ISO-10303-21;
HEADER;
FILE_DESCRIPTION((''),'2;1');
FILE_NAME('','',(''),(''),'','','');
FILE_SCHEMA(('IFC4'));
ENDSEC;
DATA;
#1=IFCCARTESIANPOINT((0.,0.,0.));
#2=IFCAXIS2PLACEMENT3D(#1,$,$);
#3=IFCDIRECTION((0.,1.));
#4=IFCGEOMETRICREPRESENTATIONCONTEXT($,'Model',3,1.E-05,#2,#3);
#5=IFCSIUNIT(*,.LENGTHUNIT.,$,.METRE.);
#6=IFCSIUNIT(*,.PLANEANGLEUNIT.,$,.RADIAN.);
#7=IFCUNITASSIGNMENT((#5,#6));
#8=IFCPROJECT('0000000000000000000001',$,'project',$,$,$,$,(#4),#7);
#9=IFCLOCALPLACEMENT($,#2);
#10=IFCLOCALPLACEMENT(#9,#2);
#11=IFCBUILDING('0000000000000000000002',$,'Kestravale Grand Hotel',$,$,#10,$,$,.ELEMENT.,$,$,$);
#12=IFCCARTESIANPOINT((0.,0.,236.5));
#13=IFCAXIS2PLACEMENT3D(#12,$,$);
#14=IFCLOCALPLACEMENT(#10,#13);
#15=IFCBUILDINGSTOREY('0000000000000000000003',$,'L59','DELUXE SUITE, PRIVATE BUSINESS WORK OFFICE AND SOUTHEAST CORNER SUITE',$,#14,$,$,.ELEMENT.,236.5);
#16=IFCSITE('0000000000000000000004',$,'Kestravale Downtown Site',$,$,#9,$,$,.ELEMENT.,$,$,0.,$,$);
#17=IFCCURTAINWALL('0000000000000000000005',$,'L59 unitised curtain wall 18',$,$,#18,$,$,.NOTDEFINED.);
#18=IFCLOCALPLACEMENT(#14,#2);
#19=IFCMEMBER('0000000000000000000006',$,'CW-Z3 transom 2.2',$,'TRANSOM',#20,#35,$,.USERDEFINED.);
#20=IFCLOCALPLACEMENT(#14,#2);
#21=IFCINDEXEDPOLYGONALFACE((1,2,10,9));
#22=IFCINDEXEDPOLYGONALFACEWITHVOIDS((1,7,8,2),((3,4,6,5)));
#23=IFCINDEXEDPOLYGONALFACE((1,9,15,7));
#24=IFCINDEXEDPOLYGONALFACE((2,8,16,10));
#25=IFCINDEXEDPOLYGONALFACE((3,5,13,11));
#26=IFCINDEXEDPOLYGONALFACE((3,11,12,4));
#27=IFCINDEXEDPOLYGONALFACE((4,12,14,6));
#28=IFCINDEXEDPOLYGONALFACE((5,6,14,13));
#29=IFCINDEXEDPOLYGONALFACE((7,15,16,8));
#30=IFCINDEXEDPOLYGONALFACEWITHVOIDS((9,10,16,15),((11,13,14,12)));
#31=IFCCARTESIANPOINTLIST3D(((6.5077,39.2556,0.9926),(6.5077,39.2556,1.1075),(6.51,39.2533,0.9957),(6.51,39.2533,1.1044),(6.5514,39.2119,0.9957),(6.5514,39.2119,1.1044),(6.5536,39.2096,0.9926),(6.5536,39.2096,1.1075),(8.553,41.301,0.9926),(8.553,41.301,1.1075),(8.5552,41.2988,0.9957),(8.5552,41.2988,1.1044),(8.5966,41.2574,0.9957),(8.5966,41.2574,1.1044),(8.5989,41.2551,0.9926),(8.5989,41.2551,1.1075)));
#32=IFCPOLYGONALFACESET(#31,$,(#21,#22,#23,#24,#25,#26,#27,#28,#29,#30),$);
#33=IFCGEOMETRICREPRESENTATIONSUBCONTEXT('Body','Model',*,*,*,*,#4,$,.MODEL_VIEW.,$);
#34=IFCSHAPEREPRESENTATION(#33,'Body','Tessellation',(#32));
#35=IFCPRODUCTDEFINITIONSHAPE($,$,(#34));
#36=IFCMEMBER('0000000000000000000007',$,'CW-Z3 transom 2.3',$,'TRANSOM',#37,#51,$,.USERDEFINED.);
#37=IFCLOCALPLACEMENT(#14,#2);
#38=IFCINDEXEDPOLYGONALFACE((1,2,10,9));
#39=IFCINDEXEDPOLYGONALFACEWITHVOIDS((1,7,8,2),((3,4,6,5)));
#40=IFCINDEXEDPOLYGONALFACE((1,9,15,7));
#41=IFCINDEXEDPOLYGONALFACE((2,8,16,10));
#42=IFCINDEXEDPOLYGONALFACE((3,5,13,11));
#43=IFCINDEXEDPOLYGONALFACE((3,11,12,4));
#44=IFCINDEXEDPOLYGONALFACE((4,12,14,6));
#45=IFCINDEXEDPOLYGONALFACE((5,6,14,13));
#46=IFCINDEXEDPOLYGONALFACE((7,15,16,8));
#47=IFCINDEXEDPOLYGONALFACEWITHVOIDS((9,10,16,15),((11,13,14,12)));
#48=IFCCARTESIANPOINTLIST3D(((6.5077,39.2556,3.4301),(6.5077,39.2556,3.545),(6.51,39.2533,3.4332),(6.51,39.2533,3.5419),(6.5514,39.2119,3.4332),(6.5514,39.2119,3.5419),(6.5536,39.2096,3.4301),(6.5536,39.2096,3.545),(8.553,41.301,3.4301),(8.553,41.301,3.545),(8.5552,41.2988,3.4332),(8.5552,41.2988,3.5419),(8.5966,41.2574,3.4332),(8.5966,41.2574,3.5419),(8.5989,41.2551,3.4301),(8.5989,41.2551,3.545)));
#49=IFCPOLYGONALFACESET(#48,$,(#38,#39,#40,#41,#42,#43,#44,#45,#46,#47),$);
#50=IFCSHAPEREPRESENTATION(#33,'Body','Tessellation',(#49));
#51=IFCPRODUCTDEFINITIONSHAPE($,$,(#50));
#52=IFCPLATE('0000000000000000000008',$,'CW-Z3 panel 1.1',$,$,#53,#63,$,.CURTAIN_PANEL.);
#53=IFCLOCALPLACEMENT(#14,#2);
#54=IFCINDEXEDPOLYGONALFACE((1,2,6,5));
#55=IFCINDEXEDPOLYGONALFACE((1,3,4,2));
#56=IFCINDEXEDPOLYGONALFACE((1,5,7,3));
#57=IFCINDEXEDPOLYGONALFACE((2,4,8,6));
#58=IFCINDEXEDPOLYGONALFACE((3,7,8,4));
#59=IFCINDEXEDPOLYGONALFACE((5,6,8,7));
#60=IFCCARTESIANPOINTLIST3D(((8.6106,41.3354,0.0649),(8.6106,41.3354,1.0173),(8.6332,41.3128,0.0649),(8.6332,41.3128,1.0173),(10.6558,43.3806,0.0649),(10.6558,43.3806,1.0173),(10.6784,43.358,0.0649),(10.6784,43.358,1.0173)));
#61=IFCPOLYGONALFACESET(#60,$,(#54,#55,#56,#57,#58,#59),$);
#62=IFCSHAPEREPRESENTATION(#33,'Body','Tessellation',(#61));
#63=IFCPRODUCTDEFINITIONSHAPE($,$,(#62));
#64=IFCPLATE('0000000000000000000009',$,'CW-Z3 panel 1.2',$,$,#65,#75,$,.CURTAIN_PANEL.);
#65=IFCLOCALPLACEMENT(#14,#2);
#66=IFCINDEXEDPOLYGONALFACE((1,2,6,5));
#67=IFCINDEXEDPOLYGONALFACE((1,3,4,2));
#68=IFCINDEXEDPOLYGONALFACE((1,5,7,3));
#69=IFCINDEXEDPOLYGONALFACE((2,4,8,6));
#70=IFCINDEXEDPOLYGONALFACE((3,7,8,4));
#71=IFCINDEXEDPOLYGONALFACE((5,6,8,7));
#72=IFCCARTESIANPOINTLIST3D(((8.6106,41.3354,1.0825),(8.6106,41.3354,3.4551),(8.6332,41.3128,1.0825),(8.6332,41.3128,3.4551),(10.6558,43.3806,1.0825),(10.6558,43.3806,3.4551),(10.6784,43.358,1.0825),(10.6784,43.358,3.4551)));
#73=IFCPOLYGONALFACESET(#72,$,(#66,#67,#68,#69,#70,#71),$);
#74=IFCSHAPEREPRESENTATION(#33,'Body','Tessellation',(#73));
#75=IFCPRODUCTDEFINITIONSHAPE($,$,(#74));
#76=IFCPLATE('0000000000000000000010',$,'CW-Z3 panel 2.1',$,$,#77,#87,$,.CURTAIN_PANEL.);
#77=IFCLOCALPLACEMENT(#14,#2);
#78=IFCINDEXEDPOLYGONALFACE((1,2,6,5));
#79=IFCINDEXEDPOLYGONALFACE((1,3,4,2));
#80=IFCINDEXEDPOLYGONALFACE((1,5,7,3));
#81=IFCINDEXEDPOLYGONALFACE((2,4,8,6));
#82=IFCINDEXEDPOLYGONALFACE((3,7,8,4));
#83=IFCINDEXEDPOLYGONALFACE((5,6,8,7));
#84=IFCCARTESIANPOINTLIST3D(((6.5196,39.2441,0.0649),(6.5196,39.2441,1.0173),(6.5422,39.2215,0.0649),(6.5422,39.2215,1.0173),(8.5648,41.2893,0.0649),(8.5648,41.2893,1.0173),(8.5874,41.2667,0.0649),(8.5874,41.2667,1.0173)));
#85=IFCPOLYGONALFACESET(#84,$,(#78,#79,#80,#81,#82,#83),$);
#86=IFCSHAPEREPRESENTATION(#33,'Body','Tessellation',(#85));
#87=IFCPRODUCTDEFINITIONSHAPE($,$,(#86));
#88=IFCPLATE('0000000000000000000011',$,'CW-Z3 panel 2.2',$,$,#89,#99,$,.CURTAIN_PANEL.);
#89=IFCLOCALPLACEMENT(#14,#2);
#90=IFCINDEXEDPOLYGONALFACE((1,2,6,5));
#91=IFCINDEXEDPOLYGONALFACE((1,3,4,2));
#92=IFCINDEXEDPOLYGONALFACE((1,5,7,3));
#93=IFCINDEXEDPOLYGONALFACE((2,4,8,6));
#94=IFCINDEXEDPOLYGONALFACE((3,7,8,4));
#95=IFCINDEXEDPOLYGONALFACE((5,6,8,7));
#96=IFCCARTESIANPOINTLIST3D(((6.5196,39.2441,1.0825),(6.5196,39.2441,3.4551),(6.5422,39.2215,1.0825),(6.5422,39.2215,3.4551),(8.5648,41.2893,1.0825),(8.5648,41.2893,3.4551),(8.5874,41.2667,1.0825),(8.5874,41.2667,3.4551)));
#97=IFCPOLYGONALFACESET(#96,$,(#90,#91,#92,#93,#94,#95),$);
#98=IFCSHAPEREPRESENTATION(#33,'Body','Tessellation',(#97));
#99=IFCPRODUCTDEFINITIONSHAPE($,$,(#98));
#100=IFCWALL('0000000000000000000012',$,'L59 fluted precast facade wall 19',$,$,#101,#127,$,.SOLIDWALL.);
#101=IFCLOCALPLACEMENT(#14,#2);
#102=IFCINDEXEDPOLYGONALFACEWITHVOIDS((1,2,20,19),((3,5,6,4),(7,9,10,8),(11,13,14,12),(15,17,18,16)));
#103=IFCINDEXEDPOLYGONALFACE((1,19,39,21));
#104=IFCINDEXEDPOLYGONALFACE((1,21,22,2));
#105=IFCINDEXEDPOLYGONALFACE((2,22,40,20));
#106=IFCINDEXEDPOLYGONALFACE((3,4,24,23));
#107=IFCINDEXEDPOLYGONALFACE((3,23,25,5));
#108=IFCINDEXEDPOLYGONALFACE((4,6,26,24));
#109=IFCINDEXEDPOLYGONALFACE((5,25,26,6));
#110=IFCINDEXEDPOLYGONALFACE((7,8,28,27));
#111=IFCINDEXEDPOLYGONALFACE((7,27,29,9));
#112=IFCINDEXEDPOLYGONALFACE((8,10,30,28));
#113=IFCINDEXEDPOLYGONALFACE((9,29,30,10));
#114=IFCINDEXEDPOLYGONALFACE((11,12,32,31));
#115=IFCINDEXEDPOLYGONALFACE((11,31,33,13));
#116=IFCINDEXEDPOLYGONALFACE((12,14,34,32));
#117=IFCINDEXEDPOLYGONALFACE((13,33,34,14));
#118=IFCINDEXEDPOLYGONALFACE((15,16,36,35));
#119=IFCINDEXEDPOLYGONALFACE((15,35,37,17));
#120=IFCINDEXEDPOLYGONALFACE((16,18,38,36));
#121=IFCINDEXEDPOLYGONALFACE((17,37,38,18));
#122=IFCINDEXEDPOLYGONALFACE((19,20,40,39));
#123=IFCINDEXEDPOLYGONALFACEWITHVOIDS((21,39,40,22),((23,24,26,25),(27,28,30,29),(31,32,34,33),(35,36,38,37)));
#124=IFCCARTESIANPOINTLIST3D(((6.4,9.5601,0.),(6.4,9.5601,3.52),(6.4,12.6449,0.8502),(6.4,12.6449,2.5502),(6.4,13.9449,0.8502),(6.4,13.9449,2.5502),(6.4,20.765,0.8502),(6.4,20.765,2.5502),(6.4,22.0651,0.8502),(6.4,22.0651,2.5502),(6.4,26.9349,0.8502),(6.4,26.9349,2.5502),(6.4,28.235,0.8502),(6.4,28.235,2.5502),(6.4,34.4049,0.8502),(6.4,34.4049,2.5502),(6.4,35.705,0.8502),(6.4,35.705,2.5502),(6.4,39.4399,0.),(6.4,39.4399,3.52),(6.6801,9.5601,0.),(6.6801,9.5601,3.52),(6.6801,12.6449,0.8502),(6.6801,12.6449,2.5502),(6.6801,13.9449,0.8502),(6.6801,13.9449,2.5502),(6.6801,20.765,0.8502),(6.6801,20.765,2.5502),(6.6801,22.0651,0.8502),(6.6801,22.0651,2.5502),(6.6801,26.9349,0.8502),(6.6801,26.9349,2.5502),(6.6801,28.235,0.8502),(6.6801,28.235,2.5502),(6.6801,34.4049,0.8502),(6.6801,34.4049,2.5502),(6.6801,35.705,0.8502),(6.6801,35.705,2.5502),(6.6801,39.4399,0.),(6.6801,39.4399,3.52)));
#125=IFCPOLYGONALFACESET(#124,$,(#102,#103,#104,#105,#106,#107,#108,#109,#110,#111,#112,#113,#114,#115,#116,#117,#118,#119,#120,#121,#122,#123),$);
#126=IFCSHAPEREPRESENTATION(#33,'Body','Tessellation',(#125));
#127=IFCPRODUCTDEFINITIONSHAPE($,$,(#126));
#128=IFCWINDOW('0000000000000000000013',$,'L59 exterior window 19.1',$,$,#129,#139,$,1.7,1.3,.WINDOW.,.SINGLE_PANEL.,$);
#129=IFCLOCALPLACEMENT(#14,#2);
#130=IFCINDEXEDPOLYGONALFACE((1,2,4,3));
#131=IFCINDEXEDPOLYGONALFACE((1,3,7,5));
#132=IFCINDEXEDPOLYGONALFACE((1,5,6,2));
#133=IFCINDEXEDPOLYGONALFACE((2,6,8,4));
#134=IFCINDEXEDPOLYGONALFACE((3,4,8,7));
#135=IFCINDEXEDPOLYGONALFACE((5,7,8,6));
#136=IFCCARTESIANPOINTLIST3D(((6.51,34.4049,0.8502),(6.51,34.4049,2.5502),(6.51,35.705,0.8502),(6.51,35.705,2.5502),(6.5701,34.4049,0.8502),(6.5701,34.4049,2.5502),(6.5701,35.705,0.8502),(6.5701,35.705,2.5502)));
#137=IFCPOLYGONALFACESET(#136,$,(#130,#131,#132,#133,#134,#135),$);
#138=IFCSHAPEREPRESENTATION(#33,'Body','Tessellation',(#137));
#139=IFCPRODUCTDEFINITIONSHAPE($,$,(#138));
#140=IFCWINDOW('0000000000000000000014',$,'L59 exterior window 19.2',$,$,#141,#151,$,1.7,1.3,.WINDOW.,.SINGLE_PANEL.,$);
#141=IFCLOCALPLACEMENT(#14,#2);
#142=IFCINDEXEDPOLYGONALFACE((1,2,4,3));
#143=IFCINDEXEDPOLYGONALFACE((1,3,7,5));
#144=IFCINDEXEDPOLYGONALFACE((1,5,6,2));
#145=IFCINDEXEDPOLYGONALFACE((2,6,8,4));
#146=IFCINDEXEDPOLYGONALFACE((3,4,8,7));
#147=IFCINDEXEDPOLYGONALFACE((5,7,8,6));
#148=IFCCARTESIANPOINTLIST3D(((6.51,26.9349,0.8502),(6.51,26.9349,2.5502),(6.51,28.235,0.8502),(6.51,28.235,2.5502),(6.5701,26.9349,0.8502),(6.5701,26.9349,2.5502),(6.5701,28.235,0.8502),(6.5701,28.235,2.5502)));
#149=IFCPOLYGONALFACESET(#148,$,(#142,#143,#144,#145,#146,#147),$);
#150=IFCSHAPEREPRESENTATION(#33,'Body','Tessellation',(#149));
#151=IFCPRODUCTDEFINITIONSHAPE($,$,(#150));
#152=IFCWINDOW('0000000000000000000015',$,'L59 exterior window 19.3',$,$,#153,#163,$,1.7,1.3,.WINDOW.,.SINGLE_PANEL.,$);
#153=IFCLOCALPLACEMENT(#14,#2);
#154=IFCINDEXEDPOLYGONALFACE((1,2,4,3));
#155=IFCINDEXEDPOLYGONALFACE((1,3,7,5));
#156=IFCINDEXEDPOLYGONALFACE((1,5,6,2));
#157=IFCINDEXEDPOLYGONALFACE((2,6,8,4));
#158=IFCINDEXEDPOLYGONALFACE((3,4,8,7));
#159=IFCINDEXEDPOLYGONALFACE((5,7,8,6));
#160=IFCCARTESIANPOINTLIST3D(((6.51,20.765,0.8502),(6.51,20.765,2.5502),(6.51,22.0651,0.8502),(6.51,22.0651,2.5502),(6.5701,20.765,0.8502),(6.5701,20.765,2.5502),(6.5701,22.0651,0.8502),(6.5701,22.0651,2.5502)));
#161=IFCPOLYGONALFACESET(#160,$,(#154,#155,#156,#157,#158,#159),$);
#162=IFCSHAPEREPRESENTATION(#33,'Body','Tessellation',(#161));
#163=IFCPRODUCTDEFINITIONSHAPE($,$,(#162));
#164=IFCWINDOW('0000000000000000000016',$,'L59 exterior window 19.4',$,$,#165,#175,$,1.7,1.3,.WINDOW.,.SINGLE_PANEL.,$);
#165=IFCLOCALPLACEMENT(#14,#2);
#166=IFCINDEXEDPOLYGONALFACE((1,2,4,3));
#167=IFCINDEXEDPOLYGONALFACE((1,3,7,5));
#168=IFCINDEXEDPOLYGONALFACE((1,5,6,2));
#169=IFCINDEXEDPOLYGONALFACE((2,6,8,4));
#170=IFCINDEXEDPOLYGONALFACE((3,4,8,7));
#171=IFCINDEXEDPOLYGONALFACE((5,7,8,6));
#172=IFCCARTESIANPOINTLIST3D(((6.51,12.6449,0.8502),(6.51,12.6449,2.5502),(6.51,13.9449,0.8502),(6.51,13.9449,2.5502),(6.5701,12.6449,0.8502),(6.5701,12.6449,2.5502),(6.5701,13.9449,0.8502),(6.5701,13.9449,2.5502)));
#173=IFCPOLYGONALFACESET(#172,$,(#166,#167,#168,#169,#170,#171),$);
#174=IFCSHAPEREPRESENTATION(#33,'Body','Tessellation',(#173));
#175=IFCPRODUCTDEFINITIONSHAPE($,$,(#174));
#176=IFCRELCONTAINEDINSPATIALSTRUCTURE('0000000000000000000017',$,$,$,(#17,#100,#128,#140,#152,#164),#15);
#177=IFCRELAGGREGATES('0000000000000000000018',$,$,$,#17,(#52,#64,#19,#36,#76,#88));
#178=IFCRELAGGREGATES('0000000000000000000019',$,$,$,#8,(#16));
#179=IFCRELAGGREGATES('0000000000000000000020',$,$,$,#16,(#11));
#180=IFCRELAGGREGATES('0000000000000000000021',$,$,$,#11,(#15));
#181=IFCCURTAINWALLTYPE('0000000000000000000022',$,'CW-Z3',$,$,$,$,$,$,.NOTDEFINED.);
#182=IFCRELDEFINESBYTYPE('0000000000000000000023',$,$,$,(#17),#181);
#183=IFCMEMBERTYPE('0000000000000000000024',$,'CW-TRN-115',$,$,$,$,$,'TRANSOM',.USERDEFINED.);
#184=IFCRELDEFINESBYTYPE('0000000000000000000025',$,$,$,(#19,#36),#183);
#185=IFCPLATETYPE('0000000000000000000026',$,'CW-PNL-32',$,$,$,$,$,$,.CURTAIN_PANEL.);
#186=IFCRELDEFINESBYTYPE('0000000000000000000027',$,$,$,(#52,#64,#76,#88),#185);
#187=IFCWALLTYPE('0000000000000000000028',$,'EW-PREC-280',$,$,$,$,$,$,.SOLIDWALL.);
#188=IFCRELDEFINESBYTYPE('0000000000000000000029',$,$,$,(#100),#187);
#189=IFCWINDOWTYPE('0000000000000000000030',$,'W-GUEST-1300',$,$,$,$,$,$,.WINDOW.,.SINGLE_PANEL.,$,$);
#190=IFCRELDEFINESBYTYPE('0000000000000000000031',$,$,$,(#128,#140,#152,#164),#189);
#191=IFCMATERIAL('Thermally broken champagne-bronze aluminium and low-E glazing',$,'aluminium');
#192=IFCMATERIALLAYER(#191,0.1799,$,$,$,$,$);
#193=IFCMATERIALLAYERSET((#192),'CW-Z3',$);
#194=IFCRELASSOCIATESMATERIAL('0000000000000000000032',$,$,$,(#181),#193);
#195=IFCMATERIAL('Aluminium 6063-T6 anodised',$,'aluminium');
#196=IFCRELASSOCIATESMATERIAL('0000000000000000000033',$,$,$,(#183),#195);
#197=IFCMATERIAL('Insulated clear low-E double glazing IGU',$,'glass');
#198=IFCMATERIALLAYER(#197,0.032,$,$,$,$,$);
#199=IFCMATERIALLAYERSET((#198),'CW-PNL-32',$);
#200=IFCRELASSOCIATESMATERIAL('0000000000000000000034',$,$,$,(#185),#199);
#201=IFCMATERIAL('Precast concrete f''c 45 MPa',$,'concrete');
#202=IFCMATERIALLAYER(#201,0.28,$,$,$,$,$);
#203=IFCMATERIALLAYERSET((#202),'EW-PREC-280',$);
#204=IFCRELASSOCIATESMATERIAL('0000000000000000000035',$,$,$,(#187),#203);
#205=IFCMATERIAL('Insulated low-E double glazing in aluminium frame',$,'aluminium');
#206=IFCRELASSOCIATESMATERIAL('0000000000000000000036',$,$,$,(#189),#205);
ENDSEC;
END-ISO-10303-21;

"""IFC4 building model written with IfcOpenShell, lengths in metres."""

from ifc_helpers import new_model, si_unit, direction, frame, frame_2d, origin, origin_2d, place, context, subcontext, project, spatial, rectangle, hollow_rectangle, extrude, material, layer, layer_set, material_profile, profile_set, type_object, element, fill, aggregate, save


model = new_model("IFC4")

# Units and contexts
model_context = context("Model", 3, precision=1e-05, world=origin(), true_north=direction((0.0, 1.0)))
body_context = subcontext(model_context, "Body", "Model", "MODEL_VIEW")
ifc_project = project(units=[si_unit("LENGTHUNIT", "METRE"), si_unit("PLANEANGLEUNIT", "RADIAN")], contexts=[model_context])

# Site, building, storey
site_placement = place(None, origin())
site = spatial("IfcSite", under=ifc_project, at=site_placement, Name="Kestravale Downtown Site", CompositionType="ELEMENT", RefElevation=0.0)
building_placement = place(site_placement, origin())
building = spatial("IfcBuilding", under=site, at=building_placement, Name="Kestravale Grand Hotel", CompositionType="ELEMENT")
storey_placement = place(building_placement, frame((0.0, 0.0, 236.5)))
storey = spatial("IfcBuildingStorey", under=building, at=storey_placement, Name="L59", Description="DELUXE SUITE, PRIVATE BUSINESS WORK OFFICE AND SOUTHEAST CORNER SUITE", CompositionType="ELEMENT", Elevation=236.5)

# Curtain wall, members, plates
ifc_material_1 = material(Name="Thermally broken champagne-bronze aluminium and low-E glazing", Category="aluminium")
ifc_layer_1 = layer(ifc_material_1, 0.1799)
ifc_layer_set_1 = layer_set([ifc_layer_1], Name="CW-Z3")
curtain_wall_type = type_object("IfcCurtainWallType", Name="CW-Z3", PredefinedType="NOTDEFINED", material=ifc_layer_set_1)
curtain_wall_placement = place(storey_placement, origin())
curtain_wall = element("IfcCurtainWall", 1, at=curtain_wall_placement, inside=storey, type_object=curtain_wall_type, Name="L59 unitised curtain wall 18", PredefinedType="NOTDEFINED")
ifc_material_2 = material(Name="Aluminium 6063-T6 anodised", Category="aluminium")
ifc_material_profile_1 = material_profile(ifc_material_2, hollow_rectangle(XDim=0.0649, YDim=0.115, WallThickness=0.0032, at=origin_2d()))
ifc_profile_set_1 = profile_set([ifc_material_profile_1], Name="Aluminium 6063-T6 anodised")
member_type_1 = type_object("IfcMemberType", Name="CW-TRN-115", ElementType="TRANSOM", PredefinedType="USERDEFINED", material=ifc_profile_set_1)
member_1_placement = place(storey_placement, frame((8.5759, 41.2781, 1.05), z_axis=(-0.707065, -0.707149, 0.0), x_axis=(0.707149, -0.707065, 0.0)))
member_1 = element("IfcMember", 2, at=member_1_placement, type_object=member_type_1, Name="CW-Z3 transom 2.2", ObjectType="TRANSOM", PredefinedType="USERDEFINED", context=body_context, shape_type="SweptSolid", body=[
    extrude(hollow_rectangle(XDim=0.0649, YDim=0.115, WallThickness=0.0032, at=origin_2d()), origin(), (0.0, 0.0, 1.0), 2.8926),
])
member_2_placement = place(storey_placement, frame((8.5759, 41.2781, 3.4875), z_axis=(-0.707065, -0.707149, 0.0), x_axis=(0.707149, -0.707065, 0.0)))
member_2 = element("IfcMember", 3, at=member_2_placement, type_object=member_type_1, Name="CW-Z3 transom 2.3", ObjectType="TRANSOM", PredefinedType="USERDEFINED", context=body_context, shape_type="SweptSolid", body=[
    extrude(hollow_rectangle(XDim=0.0649, YDim=0.115, WallThickness=0.0032, at=origin_2d()), origin(), (0.0, 0.0, 1.0), 2.8926),
])
ifc_material_3 = material(Name="Insulated clear low-E double glazing IGU", Category="glass")
ifc_layer_2 = layer(ifc_material_3, 0.032)
ifc_layer_set_2 = layer_set([ifc_layer_2], Name="CW-PNL-32")
plate_type = type_object("IfcPlateType", Name="CW-PNL-32", PredefinedType="CURTAIN_PANEL", material=ifc_layer_set_2)
plate_1_placement = place(storey_placement, frame((9.6445, 42.3467, 0.0649), z_axis=(0.0, 0.0, 1.0), x_axis=(-0.707107, -0.707107, 0.0)))
plate_1 = element("IfcPlate", 4, at=plate_1_placement, type_object=plate_type, Name="CW-Z3 panel 1.1", PredefinedType="CURTAIN_PANEL", context=body_context, shape_type="SweptSolid", body=[
    extrude(rectangle(XDim=2.8923, YDim=0.032, at=origin_2d()), origin(), (0.0, 0.0, 1.0), 0.9524),
])
plate_2_placement = place(storey_placement, frame((9.6445, 42.3467, 1.0825), z_axis=(0.0, 0.0, 1.0), x_axis=(-0.707107, -0.707107, 0.0)))
plate_2 = element("IfcPlate", 5, at=plate_2_placement, type_object=plate_type, Name="CW-Z3 panel 1.2", PredefinedType="CURTAIN_PANEL", context=body_context, shape_type="SweptSolid", body=[
    extrude(rectangle(XDim=2.8923, YDim=0.032, at=origin_2d()), origin(), (0.0, 0.0, 1.0), 2.3726),
])
plate_3_placement = place(storey_placement, frame((7.5535, 40.2554, 0.0649), z_axis=(0.0, 0.0, 1.0), x_axis=(-0.707107, -0.707107, 0.0)))
plate_3 = element("IfcPlate", 6, at=plate_3_placement, type_object=plate_type, Name="CW-Z3 panel 2.1", PredefinedType="CURTAIN_PANEL", context=body_context, shape_type="SweptSolid", body=[
    extrude(rectangle(XDim=2.8923, YDim=0.032, at=origin_2d()), origin(), (0.0, 0.0, 1.0), 0.9524),
])
plate_4_placement = place(storey_placement, frame((7.5535, 40.2554, 1.0825), z_axis=(0.0, 0.0, 1.0), x_axis=(-0.707107, -0.707107, 0.0)))
plate_4 = element("IfcPlate", 7, at=plate_4_placement, type_object=plate_type, Name="CW-Z3 panel 2.2", PredefinedType="CURTAIN_PANEL", context=body_context, shape_type="SweptSolid", body=[
    extrude(rectangle(XDim=2.8923, YDim=0.032, at=origin_2d()), origin(), (0.0, 0.0, 1.0), 2.3726),
])
aggregate(curtain_wall, [plate_1, plate_2, member_1, member_2, plate_3, plate_4])

# Wall, openings, windows
ifc_material_4 = material(Name="Precast concrete f'c 45 MPa", Category="concrete")
ifc_layer_3 = layer(ifc_material_4, 0.28)
ifc_layer_set_3 = layer_set([ifc_layer_3], Name="EW-PREC-280")
wall_type_1 = type_object("IfcWallType", Name="EW-PREC-280", PredefinedType="SOLIDWALL", material=ifc_layer_set_3)
wall_1_placement = place(storey_placement, frame((6.54, 39.4399, 0.0), z_axis=(0.0, 0.0, 1.0), x_axis=(0.0, -1.0, 0.0)))
wall_1 = element("IfcWall", 8, at=wall_1_placement, inside=storey, type_object=wall_type_1, Name="L59 fluted precast facade wall 19", PredefinedType="SOLIDWALL", context=body_context, shape_type="SweptSolid", body=[
    extrude(rectangle(XDim=29.8799, YDim=0.28, at=frame_2d((14.9399, 0.0))), origin(), (0.0, 0.0, 1.0), 3.52),
])
opening_1_placement = place(wall_1_placement, frame((3.7351, 0.0, 0.8501)))
opening_1 = element("IfcOpeningElement", 9, at=opening_1_placement, cuts=wall_1, PredefinedType="OPENING", context=body_context, shape_type="SweptSolid", body=[
    extrude(rectangle(XDim=1.3, YDim=1.7, at=frame_2d((0.6499, 0.8501))), frame((0.0, 0.1499, 0.0), z_axis=(0.0, -1.0, 0.0), x_axis=(1.0, 0.0, 0.0)), (0.0, 0.0, 1.0), 0.3),
])
opening_2_placement = place(wall_1_placement, frame((11.2051, 0.0, 0.8501)))
opening_2 = element("IfcOpeningElement", 10, at=opening_2_placement, cuts=wall_1, PredefinedType="OPENING", context=body_context, shape_type="SweptSolid", body=[
    extrude(rectangle(XDim=1.3, YDim=1.7, at=frame_2d((0.6499, 0.8501))), frame((0.0, 0.1499, 0.0), z_axis=(0.0, -1.0, 0.0), x_axis=(1.0, 0.0, 0.0)), (0.0, 0.0, 1.0), 0.3),
])
opening_3_placement = place(wall_1_placement, frame((17.375, 0.0, 0.8501)))
opening_3 = element("IfcOpeningElement", 11, at=opening_3_placement, cuts=wall_1, PredefinedType="OPENING", context=body_context, shape_type="SweptSolid", body=[
    extrude(rectangle(XDim=1.3, YDim=1.7, at=frame_2d((0.6499, 0.8501))), frame((0.0, 0.1499, 0.0), z_axis=(0.0, -1.0, 0.0), x_axis=(1.0, 0.0, 0.0)), (0.0, 0.0, 1.0), 0.3),
])
opening_4_placement = place(wall_1_placement, frame((25.4951, 0.0, 0.8501)))
opening_4 = element("IfcOpeningElement", 12, at=opening_4_placement, cuts=wall_1, PredefinedType="OPENING", context=body_context, shape_type="SweptSolid", body=[
    extrude(rectangle(XDim=1.3, YDim=1.7, at=frame_2d((0.6499, 0.8501))), frame((0.0, 0.1499, 0.0), z_axis=(0.0, -1.0, 0.0), x_axis=(1.0, 0.0, 0.0)), (0.0, 0.0, 1.0), 0.3),
])
ifc_material_5 = material(Name="Insulated low-E double glazing in aluminium frame", Category="aluminium")
window_type = type_object("IfcWindowType", Name="W-GUEST-1300", PartitioningType="SINGLE_PANEL", PredefinedType="WINDOW", material=ifc_material_5)
window_1_placement = place(opening_1_placement, origin())
window_1 = element("IfcWindow", 13, at=window_1_placement, inside=storey, type_object=window_type, Name="L59 exterior window 19.1", OverallHeight=1.7, OverallWidth=1.3, PartitioningType="SINGLE_PANEL", PredefinedType="WINDOW", context=body_context, shape_type="SweptSolid", body=[
    extrude(rectangle(XDim=1.3, YDim=1.7, at=frame_2d((0.6499, 0.8501))), frame((0.0, 0.03, 0.0), z_axis=(0.0, -1.0, 0.0), x_axis=(1.0, 0.0, 0.0)), (0.0, 0.0, 1.0), 0.0601),
])
fill(opening_1, window_1)
window_2_placement = place(opening_2_placement, origin())
window_2 = element("IfcWindow", 14, at=window_2_placement, inside=storey, type_object=window_type, Name="L59 exterior window 19.2", OverallHeight=1.7, OverallWidth=1.3, PartitioningType="SINGLE_PANEL", PredefinedType="WINDOW", context=body_context, shape_type="SweptSolid", body=[
    extrude(rectangle(XDim=1.3, YDim=1.7, at=frame_2d((0.6499, 0.8501))), frame((0.0, 0.03, 0.0), z_axis=(0.0, -1.0, 0.0), x_axis=(1.0, 0.0, 0.0)), (0.0, 0.0, 1.0), 0.0601),
])
fill(opening_2, window_2)
window_3_placement = place(opening_3_placement, origin())
window_3 = element("IfcWindow", 15, at=window_3_placement, inside=storey, type_object=window_type, Name="L59 exterior window 19.3", OverallHeight=1.7, OverallWidth=1.3, PartitioningType="SINGLE_PANEL", PredefinedType="WINDOW", context=body_context, shape_type="SweptSolid", body=[
    extrude(rectangle(XDim=1.3, YDim=1.7, at=frame_2d((0.6499, 0.8501))), frame((0.0, 0.03, 0.0), z_axis=(0.0, -1.0, 0.0), x_axis=(1.0, 0.0, 0.0)), (0.0, 0.0, 1.0), 0.0601),
])
fill(opening_3, window_3)
window_4_placement = place(opening_4_placement, origin())
window_4 = element("IfcWindow", 16, at=window_4_placement, inside=storey, type_object=window_type, Name="L59 exterior window 19.4", OverallHeight=1.7, OverallWidth=1.3, PartitioningType="SINGLE_PANEL", PredefinedType="WINDOW", context=body_context, shape_type="SweptSolid", body=[
    extrude(rectangle(XDim=1.3, YDim=1.7, at=frame_2d((0.6499, 0.8501))), frame((0.0, 0.03, 0.0), z_axis=(0.0, -1.0, 0.0), x_axis=(1.0, 0.0, 0.0)), (0.0, 0.0, 1.0), 0.0601),
])
fill(opening_4, window_4)

save(model, "model.ifc")
